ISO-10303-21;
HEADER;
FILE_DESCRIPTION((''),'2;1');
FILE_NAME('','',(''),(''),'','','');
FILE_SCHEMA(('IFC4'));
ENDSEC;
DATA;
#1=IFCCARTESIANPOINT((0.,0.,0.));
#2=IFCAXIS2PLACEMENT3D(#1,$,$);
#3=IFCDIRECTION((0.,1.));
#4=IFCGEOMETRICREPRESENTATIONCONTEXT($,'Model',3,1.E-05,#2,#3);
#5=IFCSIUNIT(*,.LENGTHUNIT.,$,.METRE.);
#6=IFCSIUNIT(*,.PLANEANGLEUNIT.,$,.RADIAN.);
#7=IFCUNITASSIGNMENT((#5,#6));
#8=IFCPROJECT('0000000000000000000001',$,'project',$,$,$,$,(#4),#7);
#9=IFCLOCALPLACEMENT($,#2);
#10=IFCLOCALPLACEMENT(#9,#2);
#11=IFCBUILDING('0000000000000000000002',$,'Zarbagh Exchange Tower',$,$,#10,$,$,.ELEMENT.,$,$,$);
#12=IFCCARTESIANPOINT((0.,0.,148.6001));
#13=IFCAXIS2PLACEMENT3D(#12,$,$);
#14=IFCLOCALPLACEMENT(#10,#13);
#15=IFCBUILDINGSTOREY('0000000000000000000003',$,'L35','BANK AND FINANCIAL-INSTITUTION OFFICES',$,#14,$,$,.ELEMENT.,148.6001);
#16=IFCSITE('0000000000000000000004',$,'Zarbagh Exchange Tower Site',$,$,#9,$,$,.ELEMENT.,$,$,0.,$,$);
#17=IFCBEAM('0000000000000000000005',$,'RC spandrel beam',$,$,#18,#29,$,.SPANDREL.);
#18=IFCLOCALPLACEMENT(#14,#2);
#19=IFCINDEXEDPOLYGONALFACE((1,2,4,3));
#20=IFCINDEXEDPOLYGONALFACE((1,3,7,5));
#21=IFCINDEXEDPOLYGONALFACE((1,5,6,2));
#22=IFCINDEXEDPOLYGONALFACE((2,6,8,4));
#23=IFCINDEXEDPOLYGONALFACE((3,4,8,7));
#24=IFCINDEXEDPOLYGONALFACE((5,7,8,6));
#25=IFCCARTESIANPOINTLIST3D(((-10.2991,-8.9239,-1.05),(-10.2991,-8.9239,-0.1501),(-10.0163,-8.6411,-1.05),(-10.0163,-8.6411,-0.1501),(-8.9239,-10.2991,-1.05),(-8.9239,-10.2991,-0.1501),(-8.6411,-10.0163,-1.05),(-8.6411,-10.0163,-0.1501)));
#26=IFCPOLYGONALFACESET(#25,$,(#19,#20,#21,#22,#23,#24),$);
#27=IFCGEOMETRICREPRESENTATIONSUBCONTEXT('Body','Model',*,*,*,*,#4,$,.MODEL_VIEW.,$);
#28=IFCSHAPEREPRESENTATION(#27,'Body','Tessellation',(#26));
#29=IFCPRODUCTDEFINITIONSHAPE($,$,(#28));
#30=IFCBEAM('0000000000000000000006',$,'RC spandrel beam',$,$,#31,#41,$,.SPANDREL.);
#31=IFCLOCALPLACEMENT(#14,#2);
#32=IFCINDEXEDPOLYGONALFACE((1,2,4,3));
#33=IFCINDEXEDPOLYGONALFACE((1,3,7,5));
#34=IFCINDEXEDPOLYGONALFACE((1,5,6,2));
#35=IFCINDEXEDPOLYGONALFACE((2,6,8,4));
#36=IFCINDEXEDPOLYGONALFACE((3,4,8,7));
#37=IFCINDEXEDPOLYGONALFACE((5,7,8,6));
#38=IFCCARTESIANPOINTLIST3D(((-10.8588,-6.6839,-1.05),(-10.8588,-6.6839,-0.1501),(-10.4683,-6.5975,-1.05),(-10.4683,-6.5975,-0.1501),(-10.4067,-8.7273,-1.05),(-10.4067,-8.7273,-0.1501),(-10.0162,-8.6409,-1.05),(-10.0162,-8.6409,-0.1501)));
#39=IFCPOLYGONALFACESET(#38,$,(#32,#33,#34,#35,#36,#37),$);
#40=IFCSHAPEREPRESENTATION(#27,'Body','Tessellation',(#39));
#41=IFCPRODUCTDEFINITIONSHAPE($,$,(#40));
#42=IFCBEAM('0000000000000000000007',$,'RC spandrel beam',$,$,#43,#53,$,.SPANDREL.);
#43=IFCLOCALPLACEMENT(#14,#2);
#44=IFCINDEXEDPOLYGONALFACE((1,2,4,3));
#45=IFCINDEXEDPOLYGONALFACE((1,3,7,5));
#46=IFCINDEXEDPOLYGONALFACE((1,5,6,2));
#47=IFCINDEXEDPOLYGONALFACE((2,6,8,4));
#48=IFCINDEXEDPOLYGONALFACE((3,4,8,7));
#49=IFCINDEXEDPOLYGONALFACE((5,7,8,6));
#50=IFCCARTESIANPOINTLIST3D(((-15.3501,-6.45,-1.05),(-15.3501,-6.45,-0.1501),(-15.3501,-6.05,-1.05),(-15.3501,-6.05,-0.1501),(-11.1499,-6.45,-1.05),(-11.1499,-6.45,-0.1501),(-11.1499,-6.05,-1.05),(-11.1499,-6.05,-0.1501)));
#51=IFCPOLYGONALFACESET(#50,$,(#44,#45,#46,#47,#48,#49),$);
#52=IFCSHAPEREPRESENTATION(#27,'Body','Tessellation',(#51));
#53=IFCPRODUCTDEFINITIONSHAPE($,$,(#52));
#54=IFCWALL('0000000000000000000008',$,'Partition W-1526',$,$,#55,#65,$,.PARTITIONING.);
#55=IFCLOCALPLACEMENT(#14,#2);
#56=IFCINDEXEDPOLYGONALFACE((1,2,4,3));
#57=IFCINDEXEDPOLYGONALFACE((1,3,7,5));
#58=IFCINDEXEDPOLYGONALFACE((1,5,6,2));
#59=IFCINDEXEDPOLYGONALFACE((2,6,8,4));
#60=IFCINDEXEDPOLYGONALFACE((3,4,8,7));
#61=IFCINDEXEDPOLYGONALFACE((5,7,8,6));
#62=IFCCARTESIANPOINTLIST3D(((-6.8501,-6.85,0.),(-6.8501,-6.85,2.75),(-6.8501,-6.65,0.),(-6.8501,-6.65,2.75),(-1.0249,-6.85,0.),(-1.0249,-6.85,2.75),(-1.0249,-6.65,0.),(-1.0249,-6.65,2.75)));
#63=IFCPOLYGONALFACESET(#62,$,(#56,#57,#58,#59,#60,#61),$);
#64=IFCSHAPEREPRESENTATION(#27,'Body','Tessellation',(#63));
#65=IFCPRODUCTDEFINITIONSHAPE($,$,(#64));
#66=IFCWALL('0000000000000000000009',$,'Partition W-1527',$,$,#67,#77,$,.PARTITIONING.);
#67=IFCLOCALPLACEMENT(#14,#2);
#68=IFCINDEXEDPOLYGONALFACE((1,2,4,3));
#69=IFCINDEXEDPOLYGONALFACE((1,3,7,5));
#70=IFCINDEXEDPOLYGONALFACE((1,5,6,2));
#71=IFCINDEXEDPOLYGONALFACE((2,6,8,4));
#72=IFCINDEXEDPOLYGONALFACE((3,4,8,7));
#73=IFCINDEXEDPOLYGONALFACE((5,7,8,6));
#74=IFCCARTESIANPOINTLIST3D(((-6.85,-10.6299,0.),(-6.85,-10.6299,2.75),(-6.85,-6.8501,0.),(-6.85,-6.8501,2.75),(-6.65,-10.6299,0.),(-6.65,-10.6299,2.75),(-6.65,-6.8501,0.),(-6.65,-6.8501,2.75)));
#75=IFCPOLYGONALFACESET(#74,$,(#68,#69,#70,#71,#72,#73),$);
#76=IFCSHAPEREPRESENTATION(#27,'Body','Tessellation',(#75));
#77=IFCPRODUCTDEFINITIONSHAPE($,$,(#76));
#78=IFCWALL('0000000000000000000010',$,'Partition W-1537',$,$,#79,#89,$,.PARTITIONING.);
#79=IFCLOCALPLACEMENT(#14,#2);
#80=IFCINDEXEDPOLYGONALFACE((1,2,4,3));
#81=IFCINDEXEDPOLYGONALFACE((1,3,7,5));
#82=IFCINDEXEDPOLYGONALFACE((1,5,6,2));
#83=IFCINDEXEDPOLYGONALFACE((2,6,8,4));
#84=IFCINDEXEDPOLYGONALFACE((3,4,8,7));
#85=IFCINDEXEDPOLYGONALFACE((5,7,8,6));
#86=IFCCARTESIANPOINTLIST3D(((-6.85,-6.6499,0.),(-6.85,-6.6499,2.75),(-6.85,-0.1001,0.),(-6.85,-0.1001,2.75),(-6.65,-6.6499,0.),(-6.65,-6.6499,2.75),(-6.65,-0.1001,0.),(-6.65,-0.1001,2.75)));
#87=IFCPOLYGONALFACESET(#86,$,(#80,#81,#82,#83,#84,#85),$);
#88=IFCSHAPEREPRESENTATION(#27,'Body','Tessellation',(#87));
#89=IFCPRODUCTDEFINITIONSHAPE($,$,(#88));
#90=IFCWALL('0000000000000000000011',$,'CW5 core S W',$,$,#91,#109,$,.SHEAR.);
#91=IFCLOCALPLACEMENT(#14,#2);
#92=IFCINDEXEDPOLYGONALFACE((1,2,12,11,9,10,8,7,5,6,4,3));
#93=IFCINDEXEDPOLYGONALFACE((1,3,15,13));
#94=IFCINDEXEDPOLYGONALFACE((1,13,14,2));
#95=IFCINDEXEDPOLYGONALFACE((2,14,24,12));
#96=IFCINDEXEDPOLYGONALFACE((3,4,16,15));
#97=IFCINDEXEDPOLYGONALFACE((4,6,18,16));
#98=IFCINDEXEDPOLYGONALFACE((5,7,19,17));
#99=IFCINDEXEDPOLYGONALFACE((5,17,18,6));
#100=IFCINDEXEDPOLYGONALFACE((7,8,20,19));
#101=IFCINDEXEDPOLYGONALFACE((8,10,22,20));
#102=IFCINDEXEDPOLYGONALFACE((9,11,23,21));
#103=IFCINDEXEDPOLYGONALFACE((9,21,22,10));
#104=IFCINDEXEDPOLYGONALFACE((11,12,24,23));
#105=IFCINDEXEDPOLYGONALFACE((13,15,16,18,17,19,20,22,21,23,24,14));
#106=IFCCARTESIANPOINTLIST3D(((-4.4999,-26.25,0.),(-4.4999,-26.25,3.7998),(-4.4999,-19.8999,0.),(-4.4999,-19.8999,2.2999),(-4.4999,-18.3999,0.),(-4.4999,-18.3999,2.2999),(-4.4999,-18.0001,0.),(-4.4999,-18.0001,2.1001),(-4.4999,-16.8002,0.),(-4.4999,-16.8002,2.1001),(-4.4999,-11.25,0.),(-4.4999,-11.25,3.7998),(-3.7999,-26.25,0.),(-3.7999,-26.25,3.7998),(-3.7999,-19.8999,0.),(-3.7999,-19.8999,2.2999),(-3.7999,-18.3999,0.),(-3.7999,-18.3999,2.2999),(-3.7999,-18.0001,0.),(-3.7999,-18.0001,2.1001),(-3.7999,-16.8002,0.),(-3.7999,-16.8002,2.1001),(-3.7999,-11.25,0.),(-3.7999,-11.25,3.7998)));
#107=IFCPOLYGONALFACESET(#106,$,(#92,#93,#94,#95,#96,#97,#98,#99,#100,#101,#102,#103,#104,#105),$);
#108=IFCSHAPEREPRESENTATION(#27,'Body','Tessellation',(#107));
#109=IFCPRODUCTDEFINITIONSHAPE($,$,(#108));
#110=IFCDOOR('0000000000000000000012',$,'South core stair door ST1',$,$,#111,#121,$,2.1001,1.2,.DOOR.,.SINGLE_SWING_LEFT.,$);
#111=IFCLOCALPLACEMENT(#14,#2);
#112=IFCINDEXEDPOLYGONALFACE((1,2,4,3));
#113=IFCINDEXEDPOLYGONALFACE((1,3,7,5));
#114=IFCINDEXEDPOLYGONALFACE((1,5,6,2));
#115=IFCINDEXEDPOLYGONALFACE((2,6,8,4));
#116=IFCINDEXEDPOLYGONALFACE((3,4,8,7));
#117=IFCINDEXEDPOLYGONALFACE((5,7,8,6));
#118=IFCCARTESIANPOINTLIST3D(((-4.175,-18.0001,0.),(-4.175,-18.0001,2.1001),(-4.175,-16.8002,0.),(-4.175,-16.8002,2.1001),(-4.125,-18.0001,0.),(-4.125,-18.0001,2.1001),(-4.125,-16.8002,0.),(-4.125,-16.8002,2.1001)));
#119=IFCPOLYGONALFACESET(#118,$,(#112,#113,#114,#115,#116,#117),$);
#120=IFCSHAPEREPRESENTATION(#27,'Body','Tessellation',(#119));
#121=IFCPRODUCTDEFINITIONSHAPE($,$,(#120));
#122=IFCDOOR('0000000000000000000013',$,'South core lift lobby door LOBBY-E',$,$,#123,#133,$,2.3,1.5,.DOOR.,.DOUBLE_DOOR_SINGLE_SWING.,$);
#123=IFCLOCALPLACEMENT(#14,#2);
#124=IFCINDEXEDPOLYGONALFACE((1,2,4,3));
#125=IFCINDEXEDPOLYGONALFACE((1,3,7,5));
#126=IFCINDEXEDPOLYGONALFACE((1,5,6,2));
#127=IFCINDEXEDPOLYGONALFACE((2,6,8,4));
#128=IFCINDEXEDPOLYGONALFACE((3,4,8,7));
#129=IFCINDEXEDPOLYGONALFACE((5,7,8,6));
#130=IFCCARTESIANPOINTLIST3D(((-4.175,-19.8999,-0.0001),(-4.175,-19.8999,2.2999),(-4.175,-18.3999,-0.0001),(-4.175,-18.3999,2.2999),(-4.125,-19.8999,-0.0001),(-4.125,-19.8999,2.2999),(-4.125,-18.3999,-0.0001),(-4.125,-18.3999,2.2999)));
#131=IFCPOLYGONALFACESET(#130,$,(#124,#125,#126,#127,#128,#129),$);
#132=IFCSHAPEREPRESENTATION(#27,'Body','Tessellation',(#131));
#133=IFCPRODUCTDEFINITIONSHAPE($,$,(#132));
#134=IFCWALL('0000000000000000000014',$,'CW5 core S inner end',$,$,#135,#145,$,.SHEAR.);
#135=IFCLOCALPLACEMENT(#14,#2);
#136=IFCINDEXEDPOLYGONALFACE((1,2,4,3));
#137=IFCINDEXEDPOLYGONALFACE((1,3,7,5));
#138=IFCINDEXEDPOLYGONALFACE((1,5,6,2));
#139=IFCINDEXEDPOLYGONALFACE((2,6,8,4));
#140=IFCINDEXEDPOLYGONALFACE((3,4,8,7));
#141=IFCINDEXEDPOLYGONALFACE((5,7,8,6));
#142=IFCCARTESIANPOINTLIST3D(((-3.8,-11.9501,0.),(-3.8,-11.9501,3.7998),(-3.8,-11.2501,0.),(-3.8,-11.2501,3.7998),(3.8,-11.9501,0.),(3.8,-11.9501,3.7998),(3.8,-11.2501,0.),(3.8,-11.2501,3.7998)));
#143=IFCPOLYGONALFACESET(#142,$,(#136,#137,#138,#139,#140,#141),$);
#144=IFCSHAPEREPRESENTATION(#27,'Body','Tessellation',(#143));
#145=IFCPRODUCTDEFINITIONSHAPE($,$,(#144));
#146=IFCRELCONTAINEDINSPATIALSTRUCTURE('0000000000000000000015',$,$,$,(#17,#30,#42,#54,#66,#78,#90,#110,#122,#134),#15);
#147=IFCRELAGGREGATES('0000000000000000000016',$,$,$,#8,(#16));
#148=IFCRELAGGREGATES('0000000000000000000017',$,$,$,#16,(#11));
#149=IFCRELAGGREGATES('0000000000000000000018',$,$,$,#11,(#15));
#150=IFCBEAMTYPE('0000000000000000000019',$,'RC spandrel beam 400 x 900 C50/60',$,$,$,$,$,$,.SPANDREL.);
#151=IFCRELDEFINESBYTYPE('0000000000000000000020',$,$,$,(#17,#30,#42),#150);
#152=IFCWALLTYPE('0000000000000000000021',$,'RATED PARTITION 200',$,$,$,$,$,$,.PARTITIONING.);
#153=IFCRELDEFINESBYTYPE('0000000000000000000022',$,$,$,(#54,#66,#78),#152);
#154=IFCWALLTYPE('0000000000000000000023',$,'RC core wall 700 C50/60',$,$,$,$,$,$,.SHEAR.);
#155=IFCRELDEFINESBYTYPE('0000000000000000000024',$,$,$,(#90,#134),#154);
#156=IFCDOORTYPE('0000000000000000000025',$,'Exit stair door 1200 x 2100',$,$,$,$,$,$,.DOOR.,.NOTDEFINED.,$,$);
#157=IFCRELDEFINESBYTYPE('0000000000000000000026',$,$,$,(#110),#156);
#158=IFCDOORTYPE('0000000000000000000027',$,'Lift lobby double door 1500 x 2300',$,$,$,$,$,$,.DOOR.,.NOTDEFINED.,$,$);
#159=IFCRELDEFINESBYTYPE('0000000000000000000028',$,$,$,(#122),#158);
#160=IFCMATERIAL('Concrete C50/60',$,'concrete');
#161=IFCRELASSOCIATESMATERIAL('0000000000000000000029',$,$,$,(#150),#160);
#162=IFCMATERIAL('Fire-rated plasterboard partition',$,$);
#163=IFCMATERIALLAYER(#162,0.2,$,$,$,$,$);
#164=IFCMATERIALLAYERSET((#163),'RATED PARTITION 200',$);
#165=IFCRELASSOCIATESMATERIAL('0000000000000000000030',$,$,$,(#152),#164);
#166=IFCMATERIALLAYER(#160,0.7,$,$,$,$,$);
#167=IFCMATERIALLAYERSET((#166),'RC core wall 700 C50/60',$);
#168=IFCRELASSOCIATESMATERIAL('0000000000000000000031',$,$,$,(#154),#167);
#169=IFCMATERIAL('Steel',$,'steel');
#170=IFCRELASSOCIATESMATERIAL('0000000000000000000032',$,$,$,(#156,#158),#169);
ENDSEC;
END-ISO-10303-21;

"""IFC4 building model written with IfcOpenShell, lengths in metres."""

from ifc_helpers import new_model, si_unit, direction, frame, frame_2d, origin, origin_2d, place, context, subcontext, project, spatial, rectangle, extrude, material, layer, layer_set, material_profile, profile_set, type_object, element, fill, save


model = new_model("IFC4")

# Units and contexts
model_context = context("Model", 3, precision=1e-05, world=origin(), true_north=direction((0.0, 1.0)))
body_context = subcontext(model_context, "Body", "Model", "MODEL_VIEW")
ifc_project = project(units=[si_unit("LENGTHUNIT", "METRE"), si_unit("PLANEANGLEUNIT", "RADIAN")], contexts=[model_context])

# Site, building, storey
site_placement = place(None, origin())
site = spatial("IfcSite", under=ifc_project, at=site_placement, Name="Zarbagh Exchange Tower Site", CompositionType="ELEMENT", RefElevation=0.0)
building_placement = place(site_placement, origin())
building = spatial("IfcBuilding", under=site, at=building_placement, Name="Zarbagh Exchange Tower", CompositionType="ELEMENT")
storey_placement = place(building_placement, frame((0.0, 0.0, 148.6001)))
storey = spatial("IfcBuildingStorey", under=building, at=storey_placement, Name="L35", Description="BANK AND FINANCIAL-INSTITUTION OFFICES", CompositionType="ELEMENT", Elevation=148.6001)

# Shared definitions
ifc_material_1 = material(Name="Concrete C50/60", Category="concrete")

# Beams
ifc_material_profile_1 = material_profile(ifc_material_1, rectangle(XDim=0.3999, YDim=0.8999, at=origin_2d()), Name="RC spandrel beam 400 x 900 C50/60")
ifc_profile_set_1 = profile_set([ifc_material_profile_1], Name="Concrete C50/60")
beam_type_1 = type_object("IfcBeamType", Name="RC spandrel beam 400 x 900 C50/60", PredefinedType="SPANDREL", material=ifc_profile_set_1)
beam_1_placement = place(storey_placement, frame((-8.7825, -10.1577, -0.6001), z_axis=(-0.707107, 0.707107, 0.0), x_axis=(-0.707107, -0.707107, 0.0)))
element("IfcBeam", 1, at=beam_1_placement, inside=storey, type_object=beam_type_1, Name="RC spandrel beam", PredefinedType="SPANDREL", context=body_context, shape_type="SweptSolid", body=[
    extrude(rectangle(XDim=0.3999, YDim=0.8999, at=origin_2d()), origin(), (0.0, 0.0, 1.0), 1.9448),
])
beam_2_placement = place(storey_placement, frame((-10.2114, -8.6841, -0.6001), z_axis=(-0.216041, 0.976384, 0.0), x_axis=(-0.976384, -0.216041, 0.0)))
element("IfcBeam", 2, at=beam_2_placement, inside=storey, type_object=beam_type_1, Name="RC spandrel beam", PredefinedType="SPANDREL", context=body_context, shape_type="SweptSolid", body=[
    extrude(rectangle(XDim=0.3999, YDim=0.8999, at=origin_2d()), origin(), (0.0, 0.0, 1.0), 2.0928),
])
beam_3_placement = place(storey_placement, frame((-11.1499, -6.25, -0.6001), z_axis=(-1.0, 0.0, 0.0), x_axis=(0.0, -1.0, 0.0)))
element("IfcBeam", 3, at=beam_3_placement, inside=storey, type_object=beam_type_1, Name="RC spandrel beam", PredefinedType="SPANDREL", context=body_context, shape_type="SweptSolid", body=[
    extrude(rectangle(XDim=0.3999, YDim=0.8999, at=origin_2d()), origin(), (0.0, 0.0, 1.0), 4.2002),
])

# Walls
ifc_material_2 = material(Name="Fire-rated plasterboard partition")
ifc_layer_1 = layer(ifc_material_2, 0.2)
ifc_layer_set_1 = layer_set([ifc_layer_1], Name="RATED PARTITION 200")
wall_type_1 = type_object("IfcWallType", Name="RATED PARTITION 200", PredefinedType="PARTITIONING", material=ifc_layer_set_1)
wall_1_placement = place(storey_placement, frame((-6.8501, -6.75, 0.0), z_axis=(0.0, 0.0, 1.0), x_axis=(1.0, 0.0, 0.0)))
element("IfcWall", 4, at=wall_1_placement, inside=storey, type_object=wall_type_1, Name="Partition W-1526", PredefinedType="PARTITIONING", context=body_context, shape_type="SweptSolid", body=[
    extrude(rectangle(XDim=5.8252, YDim=0.2, at=frame_2d((2.9126, 0.0))), origin(), (0.0, 0.0, 1.0), 2.75),
])
wall_2_placement = place(storey_placement, frame((-6.75, -10.6299, 0.0), z_axis=(0.0, 0.0, 1.0), x_axis=(0.0, 1.0, 0.0)))
element("IfcWall", 5, at=wall_2_placement, inside=storey, type_object=wall_type_1, Name="Partition W-1527", PredefinedType="PARTITIONING", context=body_context, shape_type="SweptSolid", body=[
    extrude(rectangle(XDim=3.7798, YDim=0.2, at=frame_2d((1.8899, 0.0))), origin(), (0.0, 0.0, 1.0), 2.75),
])
wall_3_placement = place(storey_placement, frame((-6.75, -6.6499, 0.0), z_axis=(0.0, 0.0, 1.0), x_axis=(0.0, 1.0, 0.0)))
element("IfcWall", 6, at=wall_3_placement, inside=storey, type_object=wall_type_1, Name="Partition W-1537", PredefinedType="PARTITIONING", context=body_context, shape_type="SweptSolid", body=[
    extrude(rectangle(XDim=6.5498, YDim=0.2, at=frame_2d((3.2749, 0.0))), origin(), (0.0, 0.0, 1.0), 2.75),
])

# Wall, openings, doors
ifc_layer_2 = layer(ifc_material_1, 0.7)
ifc_layer_set_2 = layer_set([ifc_layer_2], Name="RC core wall 700 C50/60")
wall_type_2 = type_object("IfcWallType", Name="RC core wall 700 C50/60", PredefinedType="SHEAR", material=ifc_layer_set_2)
wall_4_placement = place(storey_placement, frame((-4.1499, -11.25, 0.0), z_axis=(0.0, 0.0, 1.0), x_axis=(0.0, -1.0, 0.0)))
wall_4 = element("IfcWall", 7, at=wall_4_placement, inside=storey, type_object=wall_type_2, Name="CW5 core S W", PredefinedType="SHEAR", context=body_context, shape_type="SweptSolid", body=[
    extrude(rectangle(XDim=15.0, YDim=0.7, at=frame_2d((7.5, 0.0))), origin(), (0.0, 0.0, 1.0), 3.7998),
])
opening_1_placement = place(wall_4_placement, frame((7.1499, 0.0, 0.0)))
opening_1 = element("IfcOpeningElement", 8, at=opening_1_placement, cuts=wall_4, PredefinedType="OPENING", context=body_context, shape_type="SweptSolid", body=[
    extrude(rectangle(XDim=1.5, YDim=2.3, at=frame_2d((0.75, 1.1499))), frame((0.0, 0.3599, 0.0), z_axis=(0.0, -1.0, 0.0), x_axis=(1.0, 0.0, 0.0)), (0.0, 0.0, 1.0), 0.72),
])
opening_2_placement = place(wall_4_placement, frame((5.55, 0.0, 0.0)))
opening_2 = element("IfcOpeningElement", 9, at=opening_2_placement, cuts=wall_4, PredefinedType="OPENING", context=body_context, shape_type="SweptSolid", body=[
    extrude(rectangle(XDim=1.2, YDim=2.1001, at=frame_2d((0.6001, 1.05))), frame((0.0, 0.3599, 0.0), z_axis=(0.0, -1.0, 0.0), x_axis=(1.0, 0.0, 0.0)), (0.0, 0.0, 1.0), 0.72),
])
ifc_material_3 = material(Name="Steel", Category="steel")
door_type_1 = type_object("IfcDoorType", Name="Exit stair door 1200 x 2100", OperationType="NOTDEFINED", PredefinedType="DOOR", material=ifc_material_3)
door_1_placement = place(opening_2_placement, origin())
door_1 = element("IfcDoor", 10, at=door_1_placement, inside=storey, type_object=door_type_1, Name="South core stair door ST1", OperationType="SINGLE_SWING_LEFT", OverallHeight=2.1001, OverallWidth=1.2, PredefinedType="DOOR", context=body_context, shape_type="SweptSolid", body=[
    extrude(rectangle(XDim=1.2, YDim=2.1001, at=frame_2d((0.6001, 1.05))), frame((0.0, 0.0249, 0.0), z_axis=(0.0, -1.0, 0.0), x_axis=(1.0, 0.0, 0.0)), (0.0, 0.0, 1.0), 0.05),
])
fill(opening_2, door_1)
door_type_2 = type_object("IfcDoorType", Name="Lift lobby double door 1500 x 2300", OperationType="NOTDEFINED", PredefinedType="DOOR", material=ifc_material_3)
door_2_placement = place(opening_1_placement, origin())
door_2 = element("IfcDoor", 11, at=door_2_placement, inside=storey, type_object=door_type_2, Name="South core lift lobby door LOBBY-E", OperationType="DOUBLE_DOOR_SINGLE_SWING", OverallHeight=2.3, OverallWidth=1.5, PredefinedType="DOOR", context=body_context, shape_type="SweptSolid", body=[
    extrude(rectangle(XDim=1.5, YDim=2.3, at=frame_2d((0.75, 1.1499))), frame((0.0, 0.0249, 0.0), z_axis=(0.0, -1.0, 0.0), x_axis=(1.0, 0.0, 0.0)), (0.0, 0.0, 1.0), 0.05),
])
fill(opening_1, door_2)

# Wall
wall_5_placement = place(storey_placement, frame((-3.8, -11.6001, 0.0), z_axis=(0.0, 0.0, 1.0), x_axis=(1.0, 0.0, 0.0)))
element("IfcWall", 12, at=wall_5_placement, inside=storey, type_object=wall_type_2, Name="CW5 core S inner end", PredefinedType="SHEAR", context=body_context, shape_type="SweptSolid", body=[
    extrude(rectangle(XDim=7.6001, YDim=0.7, at=frame_2d((3.8, 0.0))), origin(), (0.0, 0.0, 1.0), 3.7998),
])

save(model, "model.ifc")
